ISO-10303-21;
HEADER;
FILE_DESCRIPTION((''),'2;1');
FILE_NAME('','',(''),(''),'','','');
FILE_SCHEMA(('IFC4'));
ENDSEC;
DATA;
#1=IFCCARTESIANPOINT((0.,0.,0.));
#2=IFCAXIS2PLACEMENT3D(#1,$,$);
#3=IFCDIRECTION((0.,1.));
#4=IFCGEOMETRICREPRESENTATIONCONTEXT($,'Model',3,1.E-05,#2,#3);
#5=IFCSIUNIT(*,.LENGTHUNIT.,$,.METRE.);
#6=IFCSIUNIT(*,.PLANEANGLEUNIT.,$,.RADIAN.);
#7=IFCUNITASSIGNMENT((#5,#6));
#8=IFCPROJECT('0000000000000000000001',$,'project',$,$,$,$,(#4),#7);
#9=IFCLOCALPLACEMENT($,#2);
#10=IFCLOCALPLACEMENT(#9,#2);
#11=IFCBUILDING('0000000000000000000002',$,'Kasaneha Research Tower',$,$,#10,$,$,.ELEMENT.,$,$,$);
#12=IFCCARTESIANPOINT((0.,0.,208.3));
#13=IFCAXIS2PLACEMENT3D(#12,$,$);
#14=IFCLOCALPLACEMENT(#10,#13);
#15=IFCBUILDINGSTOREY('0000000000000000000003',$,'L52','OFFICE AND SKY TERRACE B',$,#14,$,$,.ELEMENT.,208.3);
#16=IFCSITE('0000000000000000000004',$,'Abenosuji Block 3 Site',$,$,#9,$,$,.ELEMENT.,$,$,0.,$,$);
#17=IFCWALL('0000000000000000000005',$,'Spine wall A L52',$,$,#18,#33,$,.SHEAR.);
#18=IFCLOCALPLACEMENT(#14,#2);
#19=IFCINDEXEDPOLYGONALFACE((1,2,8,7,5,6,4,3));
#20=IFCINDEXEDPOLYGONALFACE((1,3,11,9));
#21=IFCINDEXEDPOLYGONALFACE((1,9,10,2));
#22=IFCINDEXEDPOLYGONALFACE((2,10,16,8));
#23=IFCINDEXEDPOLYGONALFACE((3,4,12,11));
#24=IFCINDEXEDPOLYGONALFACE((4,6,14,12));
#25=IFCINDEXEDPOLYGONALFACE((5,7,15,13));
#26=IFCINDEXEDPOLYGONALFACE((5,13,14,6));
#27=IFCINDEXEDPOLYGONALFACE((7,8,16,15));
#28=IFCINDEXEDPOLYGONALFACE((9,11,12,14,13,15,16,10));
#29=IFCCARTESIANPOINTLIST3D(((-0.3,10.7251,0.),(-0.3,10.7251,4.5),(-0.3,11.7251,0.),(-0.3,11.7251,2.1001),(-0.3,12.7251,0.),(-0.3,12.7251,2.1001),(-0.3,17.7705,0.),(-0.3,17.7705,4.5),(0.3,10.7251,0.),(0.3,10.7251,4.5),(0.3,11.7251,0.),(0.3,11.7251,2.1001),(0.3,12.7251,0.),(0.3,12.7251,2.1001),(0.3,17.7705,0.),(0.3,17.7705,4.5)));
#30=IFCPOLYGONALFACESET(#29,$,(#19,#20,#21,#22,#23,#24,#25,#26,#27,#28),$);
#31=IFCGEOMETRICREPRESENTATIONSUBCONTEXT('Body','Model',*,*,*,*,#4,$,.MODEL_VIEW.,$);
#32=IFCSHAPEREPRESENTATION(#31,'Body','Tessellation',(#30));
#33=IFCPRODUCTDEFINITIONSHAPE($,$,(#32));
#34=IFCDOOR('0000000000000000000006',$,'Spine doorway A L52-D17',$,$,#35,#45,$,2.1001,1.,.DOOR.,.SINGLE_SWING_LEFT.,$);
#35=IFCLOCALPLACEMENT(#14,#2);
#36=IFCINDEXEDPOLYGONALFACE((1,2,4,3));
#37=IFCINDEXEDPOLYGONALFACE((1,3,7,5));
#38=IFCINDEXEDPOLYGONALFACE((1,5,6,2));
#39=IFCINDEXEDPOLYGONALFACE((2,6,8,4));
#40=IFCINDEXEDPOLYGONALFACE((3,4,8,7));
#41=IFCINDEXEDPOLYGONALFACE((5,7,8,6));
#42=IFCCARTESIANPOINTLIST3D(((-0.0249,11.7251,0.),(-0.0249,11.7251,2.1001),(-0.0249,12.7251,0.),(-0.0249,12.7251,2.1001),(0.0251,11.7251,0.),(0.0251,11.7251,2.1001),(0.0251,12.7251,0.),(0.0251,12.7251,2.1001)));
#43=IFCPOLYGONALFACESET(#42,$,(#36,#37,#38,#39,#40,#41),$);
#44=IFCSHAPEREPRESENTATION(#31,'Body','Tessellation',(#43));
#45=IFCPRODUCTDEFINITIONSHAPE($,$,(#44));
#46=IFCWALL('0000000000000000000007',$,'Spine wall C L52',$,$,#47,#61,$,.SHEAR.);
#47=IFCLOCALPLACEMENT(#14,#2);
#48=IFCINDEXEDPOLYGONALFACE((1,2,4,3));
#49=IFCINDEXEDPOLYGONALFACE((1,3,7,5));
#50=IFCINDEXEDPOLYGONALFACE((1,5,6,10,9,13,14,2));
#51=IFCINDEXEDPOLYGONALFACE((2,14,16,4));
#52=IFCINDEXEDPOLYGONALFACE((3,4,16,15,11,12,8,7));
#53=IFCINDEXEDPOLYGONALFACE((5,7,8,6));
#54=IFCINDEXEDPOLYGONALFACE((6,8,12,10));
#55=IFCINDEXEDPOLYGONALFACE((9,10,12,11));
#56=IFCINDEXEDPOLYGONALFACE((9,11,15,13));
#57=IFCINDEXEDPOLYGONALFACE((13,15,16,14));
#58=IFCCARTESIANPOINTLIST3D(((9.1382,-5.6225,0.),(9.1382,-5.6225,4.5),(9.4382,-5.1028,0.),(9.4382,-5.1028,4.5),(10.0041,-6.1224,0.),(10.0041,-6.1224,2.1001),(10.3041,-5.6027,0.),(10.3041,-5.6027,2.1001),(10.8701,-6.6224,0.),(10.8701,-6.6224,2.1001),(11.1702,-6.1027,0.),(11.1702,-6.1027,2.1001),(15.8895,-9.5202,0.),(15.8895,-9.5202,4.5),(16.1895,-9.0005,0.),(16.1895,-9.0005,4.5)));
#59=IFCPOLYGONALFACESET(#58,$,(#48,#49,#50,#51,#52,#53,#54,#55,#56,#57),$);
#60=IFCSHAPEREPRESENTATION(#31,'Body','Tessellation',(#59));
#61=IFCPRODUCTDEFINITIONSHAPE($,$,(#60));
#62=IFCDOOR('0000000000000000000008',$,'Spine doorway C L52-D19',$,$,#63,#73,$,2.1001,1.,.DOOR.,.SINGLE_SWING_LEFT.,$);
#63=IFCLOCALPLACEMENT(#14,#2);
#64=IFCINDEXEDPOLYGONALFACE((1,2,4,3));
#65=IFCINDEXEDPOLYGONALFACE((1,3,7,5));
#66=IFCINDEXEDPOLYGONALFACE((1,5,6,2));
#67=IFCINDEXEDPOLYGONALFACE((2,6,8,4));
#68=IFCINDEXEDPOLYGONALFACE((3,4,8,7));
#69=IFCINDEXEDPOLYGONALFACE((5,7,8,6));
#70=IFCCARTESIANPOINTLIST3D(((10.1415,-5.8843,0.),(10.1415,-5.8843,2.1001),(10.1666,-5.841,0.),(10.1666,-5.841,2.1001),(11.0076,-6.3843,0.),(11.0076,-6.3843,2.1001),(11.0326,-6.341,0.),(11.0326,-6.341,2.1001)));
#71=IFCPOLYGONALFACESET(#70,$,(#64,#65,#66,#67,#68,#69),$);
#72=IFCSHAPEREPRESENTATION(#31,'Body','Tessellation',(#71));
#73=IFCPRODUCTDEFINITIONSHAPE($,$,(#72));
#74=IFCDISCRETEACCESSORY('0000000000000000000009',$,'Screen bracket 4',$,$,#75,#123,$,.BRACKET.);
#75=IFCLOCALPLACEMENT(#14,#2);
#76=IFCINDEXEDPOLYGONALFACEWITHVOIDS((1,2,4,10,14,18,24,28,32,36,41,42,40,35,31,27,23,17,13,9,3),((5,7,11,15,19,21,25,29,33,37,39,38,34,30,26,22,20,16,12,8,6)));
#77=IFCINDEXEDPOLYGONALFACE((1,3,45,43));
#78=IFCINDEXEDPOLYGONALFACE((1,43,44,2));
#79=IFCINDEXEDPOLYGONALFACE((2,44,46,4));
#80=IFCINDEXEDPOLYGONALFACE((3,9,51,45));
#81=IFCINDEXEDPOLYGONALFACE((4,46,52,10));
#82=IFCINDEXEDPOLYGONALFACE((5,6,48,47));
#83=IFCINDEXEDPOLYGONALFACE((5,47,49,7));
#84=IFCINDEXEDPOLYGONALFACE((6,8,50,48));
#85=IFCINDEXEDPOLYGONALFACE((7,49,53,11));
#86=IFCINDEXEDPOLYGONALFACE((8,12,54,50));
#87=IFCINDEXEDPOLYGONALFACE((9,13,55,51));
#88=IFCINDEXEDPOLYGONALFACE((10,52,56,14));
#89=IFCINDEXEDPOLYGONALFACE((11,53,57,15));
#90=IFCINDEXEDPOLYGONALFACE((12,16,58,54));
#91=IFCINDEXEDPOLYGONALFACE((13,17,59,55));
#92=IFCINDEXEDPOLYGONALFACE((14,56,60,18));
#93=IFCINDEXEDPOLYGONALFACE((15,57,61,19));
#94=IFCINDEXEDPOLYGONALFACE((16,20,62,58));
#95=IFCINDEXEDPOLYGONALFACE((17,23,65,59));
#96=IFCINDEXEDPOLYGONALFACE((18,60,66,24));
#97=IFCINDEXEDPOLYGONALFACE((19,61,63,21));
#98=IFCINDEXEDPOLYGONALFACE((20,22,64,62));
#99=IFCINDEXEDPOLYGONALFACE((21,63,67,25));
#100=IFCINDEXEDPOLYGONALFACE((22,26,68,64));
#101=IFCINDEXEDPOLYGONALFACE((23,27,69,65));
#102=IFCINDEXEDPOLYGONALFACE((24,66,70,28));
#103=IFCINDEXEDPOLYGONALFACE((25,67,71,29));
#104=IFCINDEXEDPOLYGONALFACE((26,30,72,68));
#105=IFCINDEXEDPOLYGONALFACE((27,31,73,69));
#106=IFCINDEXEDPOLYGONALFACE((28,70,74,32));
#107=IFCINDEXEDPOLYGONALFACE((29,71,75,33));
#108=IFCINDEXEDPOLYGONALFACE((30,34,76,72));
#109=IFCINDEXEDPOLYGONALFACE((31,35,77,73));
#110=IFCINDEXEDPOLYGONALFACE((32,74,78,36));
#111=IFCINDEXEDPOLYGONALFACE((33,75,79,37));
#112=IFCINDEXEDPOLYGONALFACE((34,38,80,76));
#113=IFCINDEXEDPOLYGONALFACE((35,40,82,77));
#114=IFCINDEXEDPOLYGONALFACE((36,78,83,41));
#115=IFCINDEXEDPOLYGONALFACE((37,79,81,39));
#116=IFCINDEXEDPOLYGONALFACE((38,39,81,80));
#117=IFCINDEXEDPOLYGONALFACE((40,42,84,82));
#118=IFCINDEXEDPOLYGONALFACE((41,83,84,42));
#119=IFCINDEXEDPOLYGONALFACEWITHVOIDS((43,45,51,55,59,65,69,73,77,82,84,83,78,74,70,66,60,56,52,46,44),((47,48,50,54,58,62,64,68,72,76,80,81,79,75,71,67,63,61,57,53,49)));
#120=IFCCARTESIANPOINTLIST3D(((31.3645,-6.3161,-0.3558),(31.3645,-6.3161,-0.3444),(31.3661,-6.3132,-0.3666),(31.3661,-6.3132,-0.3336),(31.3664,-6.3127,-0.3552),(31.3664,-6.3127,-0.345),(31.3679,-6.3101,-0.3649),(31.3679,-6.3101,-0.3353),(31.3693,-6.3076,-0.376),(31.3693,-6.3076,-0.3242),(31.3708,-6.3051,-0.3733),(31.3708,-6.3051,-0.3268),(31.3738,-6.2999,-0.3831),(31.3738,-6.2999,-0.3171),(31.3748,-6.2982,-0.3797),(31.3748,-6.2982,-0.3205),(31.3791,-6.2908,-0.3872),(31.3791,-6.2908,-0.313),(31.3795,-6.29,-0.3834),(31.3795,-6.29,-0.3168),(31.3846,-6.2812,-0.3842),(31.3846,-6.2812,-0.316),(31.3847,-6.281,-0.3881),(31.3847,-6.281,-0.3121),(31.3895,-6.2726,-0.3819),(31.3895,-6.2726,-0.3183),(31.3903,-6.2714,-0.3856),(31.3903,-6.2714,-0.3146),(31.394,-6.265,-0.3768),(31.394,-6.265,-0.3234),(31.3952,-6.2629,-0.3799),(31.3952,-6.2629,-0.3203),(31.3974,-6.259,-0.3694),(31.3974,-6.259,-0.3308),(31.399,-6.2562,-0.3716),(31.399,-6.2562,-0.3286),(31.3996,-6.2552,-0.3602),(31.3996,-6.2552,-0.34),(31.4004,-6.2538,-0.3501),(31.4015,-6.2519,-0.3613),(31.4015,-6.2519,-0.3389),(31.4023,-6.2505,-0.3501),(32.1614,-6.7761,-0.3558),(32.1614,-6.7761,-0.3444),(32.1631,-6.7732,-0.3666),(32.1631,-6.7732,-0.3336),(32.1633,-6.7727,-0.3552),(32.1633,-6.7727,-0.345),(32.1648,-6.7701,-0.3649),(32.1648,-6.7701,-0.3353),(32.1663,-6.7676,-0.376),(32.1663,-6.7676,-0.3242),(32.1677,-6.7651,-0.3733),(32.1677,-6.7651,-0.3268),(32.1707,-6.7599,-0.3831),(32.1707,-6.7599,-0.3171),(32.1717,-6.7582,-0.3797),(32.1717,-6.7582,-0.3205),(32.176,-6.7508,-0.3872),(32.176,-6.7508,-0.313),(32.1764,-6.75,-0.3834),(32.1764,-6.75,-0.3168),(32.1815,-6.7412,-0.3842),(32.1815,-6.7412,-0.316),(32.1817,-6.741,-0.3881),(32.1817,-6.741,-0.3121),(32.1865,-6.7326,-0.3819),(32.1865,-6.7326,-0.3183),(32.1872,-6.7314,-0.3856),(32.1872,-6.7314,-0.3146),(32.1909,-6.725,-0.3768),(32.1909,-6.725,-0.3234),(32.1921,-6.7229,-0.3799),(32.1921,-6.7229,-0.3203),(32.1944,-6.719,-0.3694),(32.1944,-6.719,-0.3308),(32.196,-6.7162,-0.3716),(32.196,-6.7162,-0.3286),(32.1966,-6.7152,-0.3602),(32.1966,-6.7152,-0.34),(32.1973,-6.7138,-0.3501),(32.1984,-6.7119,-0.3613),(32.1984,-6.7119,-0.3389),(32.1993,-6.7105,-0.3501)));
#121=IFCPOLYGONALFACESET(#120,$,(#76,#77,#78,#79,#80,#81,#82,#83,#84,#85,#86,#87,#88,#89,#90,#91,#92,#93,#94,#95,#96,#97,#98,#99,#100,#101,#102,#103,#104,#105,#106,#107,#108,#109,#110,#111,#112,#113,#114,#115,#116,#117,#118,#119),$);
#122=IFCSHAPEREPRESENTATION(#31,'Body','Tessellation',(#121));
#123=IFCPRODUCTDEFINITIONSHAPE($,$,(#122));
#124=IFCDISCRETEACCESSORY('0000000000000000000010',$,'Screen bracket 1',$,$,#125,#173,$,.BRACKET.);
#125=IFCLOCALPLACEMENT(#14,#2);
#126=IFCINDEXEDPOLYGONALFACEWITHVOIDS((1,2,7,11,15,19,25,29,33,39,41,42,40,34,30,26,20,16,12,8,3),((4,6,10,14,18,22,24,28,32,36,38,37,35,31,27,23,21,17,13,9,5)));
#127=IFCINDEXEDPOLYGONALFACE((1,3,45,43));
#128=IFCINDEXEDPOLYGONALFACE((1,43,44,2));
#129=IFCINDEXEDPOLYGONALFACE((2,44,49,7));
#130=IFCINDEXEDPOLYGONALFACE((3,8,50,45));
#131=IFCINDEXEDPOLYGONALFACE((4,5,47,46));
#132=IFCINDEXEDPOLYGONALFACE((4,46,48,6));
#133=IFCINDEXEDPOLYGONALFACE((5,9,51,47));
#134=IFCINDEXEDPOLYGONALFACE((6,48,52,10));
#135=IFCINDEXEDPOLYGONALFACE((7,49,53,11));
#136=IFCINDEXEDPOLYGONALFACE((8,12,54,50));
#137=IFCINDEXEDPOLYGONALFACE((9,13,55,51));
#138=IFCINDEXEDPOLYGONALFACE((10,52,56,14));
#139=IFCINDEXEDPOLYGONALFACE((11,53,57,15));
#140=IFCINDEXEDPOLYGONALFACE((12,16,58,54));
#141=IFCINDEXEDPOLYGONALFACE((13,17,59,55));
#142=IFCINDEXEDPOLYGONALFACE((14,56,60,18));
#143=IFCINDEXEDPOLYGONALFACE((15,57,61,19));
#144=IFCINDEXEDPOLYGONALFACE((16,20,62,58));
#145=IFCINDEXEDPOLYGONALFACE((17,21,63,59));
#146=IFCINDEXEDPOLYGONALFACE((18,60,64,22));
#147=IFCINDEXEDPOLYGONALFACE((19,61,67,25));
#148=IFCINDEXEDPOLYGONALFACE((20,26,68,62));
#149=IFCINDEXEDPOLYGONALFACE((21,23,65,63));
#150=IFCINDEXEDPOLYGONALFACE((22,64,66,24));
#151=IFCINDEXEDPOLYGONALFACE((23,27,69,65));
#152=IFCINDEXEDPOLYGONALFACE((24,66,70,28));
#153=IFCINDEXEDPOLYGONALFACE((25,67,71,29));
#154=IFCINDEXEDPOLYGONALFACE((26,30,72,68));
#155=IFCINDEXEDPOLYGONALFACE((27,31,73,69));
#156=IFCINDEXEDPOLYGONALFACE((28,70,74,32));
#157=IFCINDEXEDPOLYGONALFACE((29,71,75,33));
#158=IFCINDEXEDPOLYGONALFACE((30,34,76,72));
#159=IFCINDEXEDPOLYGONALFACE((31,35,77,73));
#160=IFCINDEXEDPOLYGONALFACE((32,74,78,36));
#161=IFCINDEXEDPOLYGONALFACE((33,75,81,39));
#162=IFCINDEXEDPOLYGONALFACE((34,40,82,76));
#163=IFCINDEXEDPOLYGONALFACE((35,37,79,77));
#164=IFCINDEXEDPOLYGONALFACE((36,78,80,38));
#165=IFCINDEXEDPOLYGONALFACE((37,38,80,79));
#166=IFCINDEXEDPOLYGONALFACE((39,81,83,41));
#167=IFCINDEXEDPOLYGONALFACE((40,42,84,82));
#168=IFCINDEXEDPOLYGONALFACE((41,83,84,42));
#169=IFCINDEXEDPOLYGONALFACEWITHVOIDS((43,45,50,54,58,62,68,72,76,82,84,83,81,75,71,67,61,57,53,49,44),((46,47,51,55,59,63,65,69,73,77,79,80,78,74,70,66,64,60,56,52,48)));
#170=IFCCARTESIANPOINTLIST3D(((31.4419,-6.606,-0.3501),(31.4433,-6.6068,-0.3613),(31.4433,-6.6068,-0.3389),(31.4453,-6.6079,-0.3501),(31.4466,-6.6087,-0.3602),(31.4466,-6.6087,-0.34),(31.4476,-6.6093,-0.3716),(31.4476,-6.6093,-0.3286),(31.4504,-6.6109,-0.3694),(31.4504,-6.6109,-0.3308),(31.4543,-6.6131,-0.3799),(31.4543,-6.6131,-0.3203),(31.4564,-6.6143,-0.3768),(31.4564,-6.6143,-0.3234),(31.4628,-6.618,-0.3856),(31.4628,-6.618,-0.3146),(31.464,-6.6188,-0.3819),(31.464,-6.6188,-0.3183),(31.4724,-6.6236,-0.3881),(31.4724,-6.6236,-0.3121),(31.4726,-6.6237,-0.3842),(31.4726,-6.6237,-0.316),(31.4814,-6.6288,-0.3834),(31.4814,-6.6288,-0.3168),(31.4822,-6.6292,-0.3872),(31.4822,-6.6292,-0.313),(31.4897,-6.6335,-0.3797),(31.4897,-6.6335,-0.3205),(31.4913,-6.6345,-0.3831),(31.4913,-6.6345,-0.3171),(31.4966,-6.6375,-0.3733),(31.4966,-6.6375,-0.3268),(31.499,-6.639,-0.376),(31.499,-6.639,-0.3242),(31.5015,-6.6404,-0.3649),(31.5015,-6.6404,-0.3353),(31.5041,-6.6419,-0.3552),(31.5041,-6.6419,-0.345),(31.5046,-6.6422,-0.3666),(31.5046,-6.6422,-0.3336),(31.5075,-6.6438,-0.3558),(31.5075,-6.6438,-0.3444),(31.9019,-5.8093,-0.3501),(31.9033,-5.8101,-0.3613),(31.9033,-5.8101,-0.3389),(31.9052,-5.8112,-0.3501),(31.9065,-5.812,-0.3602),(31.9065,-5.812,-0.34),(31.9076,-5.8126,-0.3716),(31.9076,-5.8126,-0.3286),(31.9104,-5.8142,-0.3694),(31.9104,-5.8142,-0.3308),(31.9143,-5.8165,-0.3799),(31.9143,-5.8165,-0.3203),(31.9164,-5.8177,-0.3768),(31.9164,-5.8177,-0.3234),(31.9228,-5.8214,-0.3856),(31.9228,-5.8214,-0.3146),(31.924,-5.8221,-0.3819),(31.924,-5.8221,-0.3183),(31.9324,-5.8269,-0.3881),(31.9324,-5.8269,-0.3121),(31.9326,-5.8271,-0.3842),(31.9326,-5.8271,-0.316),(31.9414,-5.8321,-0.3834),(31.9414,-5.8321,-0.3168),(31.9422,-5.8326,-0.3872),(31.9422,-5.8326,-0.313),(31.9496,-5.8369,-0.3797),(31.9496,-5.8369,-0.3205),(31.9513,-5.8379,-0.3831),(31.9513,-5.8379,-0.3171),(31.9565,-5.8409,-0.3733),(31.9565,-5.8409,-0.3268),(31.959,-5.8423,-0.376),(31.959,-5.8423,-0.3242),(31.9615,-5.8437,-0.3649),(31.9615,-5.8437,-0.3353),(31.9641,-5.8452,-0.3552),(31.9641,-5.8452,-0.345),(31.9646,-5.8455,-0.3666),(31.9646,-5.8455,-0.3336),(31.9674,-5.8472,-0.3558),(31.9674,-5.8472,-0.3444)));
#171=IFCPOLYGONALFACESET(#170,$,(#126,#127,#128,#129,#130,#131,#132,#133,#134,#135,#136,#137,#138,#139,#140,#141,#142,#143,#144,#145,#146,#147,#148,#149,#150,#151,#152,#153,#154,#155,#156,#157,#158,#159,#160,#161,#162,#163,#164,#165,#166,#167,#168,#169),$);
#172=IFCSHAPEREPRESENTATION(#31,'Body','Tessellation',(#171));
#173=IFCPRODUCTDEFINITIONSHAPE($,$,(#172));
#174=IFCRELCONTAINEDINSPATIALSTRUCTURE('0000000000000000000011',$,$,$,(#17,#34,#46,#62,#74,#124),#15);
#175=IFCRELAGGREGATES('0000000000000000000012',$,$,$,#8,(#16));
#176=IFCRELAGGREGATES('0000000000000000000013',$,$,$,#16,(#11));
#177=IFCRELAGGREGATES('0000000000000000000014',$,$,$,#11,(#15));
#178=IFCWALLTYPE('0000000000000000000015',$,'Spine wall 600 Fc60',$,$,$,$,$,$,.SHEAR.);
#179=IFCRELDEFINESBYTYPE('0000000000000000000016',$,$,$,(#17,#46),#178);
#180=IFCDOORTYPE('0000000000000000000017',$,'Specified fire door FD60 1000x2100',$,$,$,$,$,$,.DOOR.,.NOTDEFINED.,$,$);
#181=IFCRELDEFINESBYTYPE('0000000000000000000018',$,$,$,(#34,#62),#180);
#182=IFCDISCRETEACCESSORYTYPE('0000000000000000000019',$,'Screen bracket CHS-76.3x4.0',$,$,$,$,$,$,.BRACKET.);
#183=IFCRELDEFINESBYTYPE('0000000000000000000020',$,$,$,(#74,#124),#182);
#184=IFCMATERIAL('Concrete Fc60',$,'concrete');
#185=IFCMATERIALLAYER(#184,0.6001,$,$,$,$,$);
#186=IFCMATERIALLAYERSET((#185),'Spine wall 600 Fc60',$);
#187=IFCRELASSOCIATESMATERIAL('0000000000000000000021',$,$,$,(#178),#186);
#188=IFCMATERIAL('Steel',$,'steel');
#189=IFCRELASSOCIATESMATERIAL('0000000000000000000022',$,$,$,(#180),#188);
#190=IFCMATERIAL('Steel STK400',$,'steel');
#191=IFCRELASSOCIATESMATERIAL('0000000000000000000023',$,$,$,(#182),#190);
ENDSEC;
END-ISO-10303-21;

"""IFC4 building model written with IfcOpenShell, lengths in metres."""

from ifc_helpers import new_model, si_unit, direction, frame, frame_2d, origin, origin_2d, place, context, subcontext, project, spatial, rectangle, hollow_circle, extrude, material, layer, layer_set, material_profile, profile_set, type_object, element, fill, save


model = new_model("IFC4")

# Units and contexts
model_context = context("Model", 3, precision=1e-05, world=origin(), true_north=direction((0.0, 1.0)))
body_context = subcontext(model_context, "Body", "Model", "MODEL_VIEW")
ifc_project = project(units=[si_unit("LENGTHUNIT", "METRE"), si_unit("PLANEANGLEUNIT", "RADIAN")], contexts=[model_context])

# Site, building, storey
site_placement = place(None, origin())
site = spatial("IfcSite", under=ifc_project, at=site_placement, Name="Abenosuji Block 3 Site", CompositionType="ELEMENT", RefElevation=0.0)
building_placement = place(site_placement, origin())
building = spatial("IfcBuilding", under=site, at=building_placement, Name="Kasaneha Research Tower", CompositionType="ELEMENT")
storey_placement = place(building_placement, frame((0.0, 0.0, 208.3)))
storey = spatial("IfcBuildingStorey", under=building, at=storey_placement, Name="L52", Description="OFFICE AND SKY TERRACE B", CompositionType="ELEMENT", Elevation=208.3)

# Walls, openings, doors
ifc_material_1 = material(Name="Concrete Fc60", Category="concrete")
ifc_layer_1 = layer(ifc_material_1, 0.6001)
ifc_layer_set_1 = layer_set([ifc_layer_1], Name="Spine wall 600 Fc60")
wall_type_1 = type_object("IfcWallType", Name="Spine wall 600 Fc60", PredefinedType="SHEAR", material=ifc_layer_set_1)
wall_1_placement = place(storey_placement, frame((0.0, 10.7251, 0.0), z_axis=(0.0, 0.0, 1.0), x_axis=(0.0, 1.0, 0.0)))
wall_1 = element("IfcWall", 1, at=wall_1_placement, inside=storey, type_object=wall_type_1, Name="Spine wall A L52", PredefinedType="SHEAR", context=body_context, shape_type="SweptSolid", body=[
    extrude(rectangle(XDim=7.0454, YDim=0.6001, at=frame_2d((3.5227, 0.0))), origin(), (0.0, 0.0, 1.0), 4.5),
])
opening_1_placement = place(wall_1_placement, frame((1.0, 0.0, 0.0)))
opening_1 = element("IfcOpeningElement", 2, at=opening_1_placement, cuts=wall_1, PredefinedType="OPENING", context=body_context, shape_type="SweptSolid", body=[
    extrude(rectangle(XDim=1.0, YDim=2.1001, at=frame_2d((0.5, 1.05))), frame((0.0, 0.3101, 0.0), z_axis=(0.0, -1.0, 0.0), x_axis=(1.0, 0.0, 0.0)), (0.0, 0.0, 1.0), 0.6201),
])
ifc_material_2 = material(Name="Steel", Category="steel")
door_type_1 = type_object("IfcDoorType", Name="Specified fire door FD60 1000x2100", OperationType="NOTDEFINED", PredefinedType="DOOR", material=ifc_material_2)
door_1_placement = place(opening_1_placement, origin())
door_1 = element("IfcDoor", 3, at=door_1_placement, inside=storey, type_object=door_type_1, Name="Spine doorway A L52-D17", OperationType="SINGLE_SWING_LEFT", OverallHeight=2.1001, OverallWidth=1.0, PredefinedType="DOOR", context=body_context, shape_type="SweptSolid", body=[
    extrude(rectangle(XDim=1.0, YDim=2.1001, at=frame_2d((0.5, 1.05))), frame((0.0, 0.0249, 0.0), z_axis=(0.0, -1.0, 0.0), x_axis=(1.0, 0.0, 0.0)), (0.0, 0.0, 1.0), 0.05),
])
fill(opening_1, door_1)
wall_2_placement = place(storey_placement, frame((9.2881, -5.3625, 0.0), z_axis=(0.0, 0.0, 1.0), x_axis=(0.866032, -0.499989, 0.0)))
wall_2 = element("IfcWall", 4, at=wall_2_placement, inside=storey, type_object=wall_type_1, Name="Spine wall C L52", PredefinedType="SHEAR", context=body_context, shape_type="SweptSolid", body=[
    extrude(rectangle(XDim=7.7957, YDim=0.6001, at=frame_2d((3.8979, 0.0))), origin(), (0.0, 0.0, 1.0), 4.5),
])
opening_2_placement = place(wall_2_placement, frame((1.0, 0.0, 0.0)))
opening_2 = element("IfcOpeningElement", 5, at=opening_2_placement, cuts=wall_2, PredefinedType="OPENING", context=body_context, shape_type="SweptSolid", body=[
    extrude(rectangle(XDim=1.0, YDim=2.1001, at=frame_2d((0.5, 1.05))), frame((0.0, 0.3101, 0.0), z_axis=(0.0, -1.0, 0.0), x_axis=(1.0, 0.0, 0.0)), (0.0, 0.0, 1.0), 0.6201),
])
door_2_placement = place(opening_2_placement, origin())
door_2 = element("IfcDoor", 6, at=door_2_placement, inside=storey, type_object=door_type_1, Name="Spine doorway C L52-D19", OperationType="SINGLE_SWING_LEFT", OverallHeight=2.1001, OverallWidth=1.0, PredefinedType="DOOR", context=body_context, shape_type="SweptSolid", body=[
    extrude(rectangle(XDim=1.0, YDim=2.1001, at=frame_2d((0.5, 1.05))), frame((0.0, 0.0249, 0.0), z_axis=(0.0, -1.0, 0.0), x_axis=(1.0, 0.0, 0.0)), (0.0, 0.0, 1.0), 0.05),
])
fill(opening_2, door_2)

# Discrete accessories
ifc_material_3 = material(Name="Steel STK400", Category="steel")
ifc_material_profile_1 = material_profile(ifc_material_3, hollow_circle(Radius=0.0381, WallThickness=0.0039, at=origin_2d()), Name="CHS-76.3x4.0")
ifc_profile_set_1 = profile_set([ifc_material_profile_1], Name="Steel STK400")
discrete_accessory_type = type_object("IfcDiscreteAccessoryType", Name="Screen bracket CHS-76.3x4.0", PredefinedType="BRACKET", material=ifc_profile_set_1)
discrete_accessory_1_placement = place(storey_placement, frame((31.3833, -6.2834, -0.3501), z_axis=(0.86608, -0.499906, 0.0), x_axis=(0.499906, 0.86608, 0.0)))
element("IfcDiscreteAccessory", 7, at=discrete_accessory_1_placement, inside=storey, type_object=discrete_accessory_type, Name="Screen bracket 4", PredefinedType="BRACKET", context=body_context, shape_type="SweptSolid", body=[
    extrude(hollow_circle(Radius=0.0381, WallThickness=0.0039, at=origin_2d()), origin(), (0.0, 0.0, 1.0), 0.9202),
])
discrete_accessory_2_placement = place(storey_placement, frame((31.4749, -6.625, -0.3501), z_axis=(0.500021, 0.866013, 0.0), x_axis=(-0.866013, 0.500021, 0.0)))
element("IfcDiscreteAccessory", 8, at=discrete_accessory_2_placement, inside=storey, type_object=discrete_accessory_type, Name="Screen bracket 1", PredefinedType="BRACKET", context=body_context, shape_type="SweptSolid", body=[
    extrude(hollow_circle(Radius=0.0381, WallThickness=0.0039, at=origin_2d()), origin(), (0.0, 0.0, 1.0), 0.9199),
])

save(model, "model.ifc")
